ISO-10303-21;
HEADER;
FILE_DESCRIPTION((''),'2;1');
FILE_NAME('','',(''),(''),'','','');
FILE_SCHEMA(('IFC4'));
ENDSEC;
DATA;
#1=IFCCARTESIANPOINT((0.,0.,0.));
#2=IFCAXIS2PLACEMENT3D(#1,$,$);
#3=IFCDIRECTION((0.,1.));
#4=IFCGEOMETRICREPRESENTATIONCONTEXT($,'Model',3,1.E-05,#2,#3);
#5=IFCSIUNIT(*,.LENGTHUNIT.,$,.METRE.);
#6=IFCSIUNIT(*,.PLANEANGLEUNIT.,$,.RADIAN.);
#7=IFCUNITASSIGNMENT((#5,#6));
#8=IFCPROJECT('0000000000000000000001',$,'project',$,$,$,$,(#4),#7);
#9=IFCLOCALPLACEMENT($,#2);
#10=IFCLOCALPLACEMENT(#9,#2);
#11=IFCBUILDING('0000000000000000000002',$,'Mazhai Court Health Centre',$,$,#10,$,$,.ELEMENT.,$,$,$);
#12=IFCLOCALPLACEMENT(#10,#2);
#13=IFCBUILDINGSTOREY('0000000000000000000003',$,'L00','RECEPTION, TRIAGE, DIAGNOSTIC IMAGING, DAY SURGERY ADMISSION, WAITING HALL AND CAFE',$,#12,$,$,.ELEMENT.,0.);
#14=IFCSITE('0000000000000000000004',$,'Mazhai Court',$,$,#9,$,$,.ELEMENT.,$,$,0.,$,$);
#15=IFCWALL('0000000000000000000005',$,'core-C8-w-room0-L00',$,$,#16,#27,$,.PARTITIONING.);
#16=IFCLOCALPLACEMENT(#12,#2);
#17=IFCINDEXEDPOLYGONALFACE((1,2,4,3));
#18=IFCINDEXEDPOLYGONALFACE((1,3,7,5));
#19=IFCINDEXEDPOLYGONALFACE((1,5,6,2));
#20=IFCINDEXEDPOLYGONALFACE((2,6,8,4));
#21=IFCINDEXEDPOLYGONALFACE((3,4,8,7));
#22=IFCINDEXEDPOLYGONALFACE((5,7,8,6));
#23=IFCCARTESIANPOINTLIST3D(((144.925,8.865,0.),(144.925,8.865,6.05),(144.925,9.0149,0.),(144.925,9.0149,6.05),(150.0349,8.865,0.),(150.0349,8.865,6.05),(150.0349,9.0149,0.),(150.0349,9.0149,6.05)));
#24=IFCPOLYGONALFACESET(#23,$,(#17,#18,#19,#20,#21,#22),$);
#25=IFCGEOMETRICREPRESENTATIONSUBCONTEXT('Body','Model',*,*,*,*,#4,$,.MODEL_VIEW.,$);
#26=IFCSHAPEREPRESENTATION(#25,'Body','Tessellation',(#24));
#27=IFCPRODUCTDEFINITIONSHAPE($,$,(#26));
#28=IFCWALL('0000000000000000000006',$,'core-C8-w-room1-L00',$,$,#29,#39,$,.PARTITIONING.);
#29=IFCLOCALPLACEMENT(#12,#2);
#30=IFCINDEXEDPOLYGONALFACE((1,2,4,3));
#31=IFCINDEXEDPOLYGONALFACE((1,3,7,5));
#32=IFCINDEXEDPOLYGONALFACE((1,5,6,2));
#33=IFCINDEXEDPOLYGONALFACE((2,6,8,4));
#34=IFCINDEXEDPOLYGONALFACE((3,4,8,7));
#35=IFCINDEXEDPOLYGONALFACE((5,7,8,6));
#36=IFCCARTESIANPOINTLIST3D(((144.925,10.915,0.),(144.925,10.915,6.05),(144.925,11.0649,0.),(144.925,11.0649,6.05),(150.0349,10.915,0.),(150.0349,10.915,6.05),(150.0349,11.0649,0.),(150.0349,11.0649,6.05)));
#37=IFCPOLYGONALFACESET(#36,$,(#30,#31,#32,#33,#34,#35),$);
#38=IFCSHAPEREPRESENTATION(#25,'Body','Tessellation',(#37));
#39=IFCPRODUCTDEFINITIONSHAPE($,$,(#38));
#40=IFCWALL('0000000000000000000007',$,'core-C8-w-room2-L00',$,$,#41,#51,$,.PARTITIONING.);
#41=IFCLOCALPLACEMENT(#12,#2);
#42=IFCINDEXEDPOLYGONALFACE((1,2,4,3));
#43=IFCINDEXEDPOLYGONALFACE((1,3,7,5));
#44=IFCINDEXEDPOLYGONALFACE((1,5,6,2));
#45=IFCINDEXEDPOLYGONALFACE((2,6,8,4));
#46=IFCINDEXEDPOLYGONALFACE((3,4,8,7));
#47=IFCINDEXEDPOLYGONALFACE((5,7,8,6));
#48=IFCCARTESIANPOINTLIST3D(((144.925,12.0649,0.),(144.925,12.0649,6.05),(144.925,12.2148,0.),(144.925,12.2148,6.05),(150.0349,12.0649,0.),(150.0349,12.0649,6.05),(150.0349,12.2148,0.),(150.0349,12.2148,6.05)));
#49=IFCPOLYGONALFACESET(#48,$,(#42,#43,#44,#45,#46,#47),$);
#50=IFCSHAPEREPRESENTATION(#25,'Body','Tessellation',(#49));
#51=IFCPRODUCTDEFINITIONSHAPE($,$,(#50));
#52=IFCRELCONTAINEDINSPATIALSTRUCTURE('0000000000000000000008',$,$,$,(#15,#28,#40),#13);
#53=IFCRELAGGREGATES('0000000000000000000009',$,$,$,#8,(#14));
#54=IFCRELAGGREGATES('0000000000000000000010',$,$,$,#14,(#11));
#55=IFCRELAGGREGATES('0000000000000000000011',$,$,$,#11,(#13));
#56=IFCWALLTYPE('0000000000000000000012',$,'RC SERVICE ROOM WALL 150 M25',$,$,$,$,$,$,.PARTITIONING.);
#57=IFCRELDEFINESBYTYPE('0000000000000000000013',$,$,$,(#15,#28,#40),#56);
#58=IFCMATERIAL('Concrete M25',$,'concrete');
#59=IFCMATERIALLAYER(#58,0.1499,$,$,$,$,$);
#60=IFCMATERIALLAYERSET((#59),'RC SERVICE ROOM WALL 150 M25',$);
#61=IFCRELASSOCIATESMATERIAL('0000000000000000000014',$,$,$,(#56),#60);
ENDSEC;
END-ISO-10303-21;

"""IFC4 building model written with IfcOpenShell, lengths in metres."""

from ifc_helpers import new_model, si_unit, direction, frame, frame_2d, origin, place, context, subcontext, project, spatial, rectangle, extrude, material, layer, layer_set, type_object, element, save


model = new_model("IFC4")

# Units and contexts
model_context = context("Model", 3, precision=1e-05, world=origin(), true_north=direction((0.0, 1.0)))
body_context = subcontext(model_context, "Body", "Model", "MODEL_VIEW")
ifc_project = project(units=[si_unit("LENGTHUNIT", "METRE"), si_unit("PLANEANGLEUNIT", "RADIAN")], contexts=[model_context])

# Site, building, storey
site_placement = place(None, origin())
site = spatial("IfcSite", under=ifc_project, at=site_placement, Name="Mazhai Court", CompositionType="ELEMENT", RefElevation=0.0)
building_placement = place(site_placement, origin())
building = spatial("IfcBuilding", under=site, at=building_placement, Name="Mazhai Court Health Centre", CompositionType="ELEMENT")
storey_placement = place(building_placement, origin())
storey = spatial("IfcBuildingStorey", under=building, at=storey_placement, Name="L00", Description="RECEPTION, TRIAGE, DIAGNOSTIC IMAGING, DAY SURGERY ADMISSION, WAITING HALL AND CAFE", CompositionType="ELEMENT", Elevation=0.0)

# Walls
ifc_material_1 = material(Name="Concrete M25", Category="concrete")
ifc_layer_1 = layer(ifc_material_1, 0.1499)
ifc_layer_set_1 = layer_set([ifc_layer_1], Name="RC SERVICE ROOM WALL 150 M25")
wall_type_1 = type_object("IfcWallType", Name="RC SERVICE ROOM WALL 150 M25", PredefinedType="PARTITIONING", material=ifc_layer_set_1)
for number, where, z_axis, x_axis, name in (
    (1, (144.925, 8.9399, 0.0), (0.0, 0.0, 1.0), (1.0, 0.0, 0.0), "core-C8-w-room0-L00"),
    (2, (144.925, 10.99, 0.0), (0.0, 0.0, 1.0), (1.0, 0.0, 0.0), "core-C8-w-room1-L00"),
    (3, (144.925, 12.1399, 0.0), (0.0, 0.0, 1.0), (1.0, 0.0, 0.0), "core-C8-w-room2-L00"),
):
    element("IfcWall", number, at=place(storey_placement, frame(where, z_axis=z_axis, x_axis=x_axis)), inside=storey, type_object=wall_type_1, Name=name, PredefinedType="PARTITIONING", context=body_context, shape_type="SweptSolid", body=[
        extrude(rectangle(XDim=5.1099, YDim=0.1499, at=frame_2d((2.5549, 0.0))), origin(), (0.0, 0.0, 1.0), 6.05),
    ])

save(model, "model.ifc")
